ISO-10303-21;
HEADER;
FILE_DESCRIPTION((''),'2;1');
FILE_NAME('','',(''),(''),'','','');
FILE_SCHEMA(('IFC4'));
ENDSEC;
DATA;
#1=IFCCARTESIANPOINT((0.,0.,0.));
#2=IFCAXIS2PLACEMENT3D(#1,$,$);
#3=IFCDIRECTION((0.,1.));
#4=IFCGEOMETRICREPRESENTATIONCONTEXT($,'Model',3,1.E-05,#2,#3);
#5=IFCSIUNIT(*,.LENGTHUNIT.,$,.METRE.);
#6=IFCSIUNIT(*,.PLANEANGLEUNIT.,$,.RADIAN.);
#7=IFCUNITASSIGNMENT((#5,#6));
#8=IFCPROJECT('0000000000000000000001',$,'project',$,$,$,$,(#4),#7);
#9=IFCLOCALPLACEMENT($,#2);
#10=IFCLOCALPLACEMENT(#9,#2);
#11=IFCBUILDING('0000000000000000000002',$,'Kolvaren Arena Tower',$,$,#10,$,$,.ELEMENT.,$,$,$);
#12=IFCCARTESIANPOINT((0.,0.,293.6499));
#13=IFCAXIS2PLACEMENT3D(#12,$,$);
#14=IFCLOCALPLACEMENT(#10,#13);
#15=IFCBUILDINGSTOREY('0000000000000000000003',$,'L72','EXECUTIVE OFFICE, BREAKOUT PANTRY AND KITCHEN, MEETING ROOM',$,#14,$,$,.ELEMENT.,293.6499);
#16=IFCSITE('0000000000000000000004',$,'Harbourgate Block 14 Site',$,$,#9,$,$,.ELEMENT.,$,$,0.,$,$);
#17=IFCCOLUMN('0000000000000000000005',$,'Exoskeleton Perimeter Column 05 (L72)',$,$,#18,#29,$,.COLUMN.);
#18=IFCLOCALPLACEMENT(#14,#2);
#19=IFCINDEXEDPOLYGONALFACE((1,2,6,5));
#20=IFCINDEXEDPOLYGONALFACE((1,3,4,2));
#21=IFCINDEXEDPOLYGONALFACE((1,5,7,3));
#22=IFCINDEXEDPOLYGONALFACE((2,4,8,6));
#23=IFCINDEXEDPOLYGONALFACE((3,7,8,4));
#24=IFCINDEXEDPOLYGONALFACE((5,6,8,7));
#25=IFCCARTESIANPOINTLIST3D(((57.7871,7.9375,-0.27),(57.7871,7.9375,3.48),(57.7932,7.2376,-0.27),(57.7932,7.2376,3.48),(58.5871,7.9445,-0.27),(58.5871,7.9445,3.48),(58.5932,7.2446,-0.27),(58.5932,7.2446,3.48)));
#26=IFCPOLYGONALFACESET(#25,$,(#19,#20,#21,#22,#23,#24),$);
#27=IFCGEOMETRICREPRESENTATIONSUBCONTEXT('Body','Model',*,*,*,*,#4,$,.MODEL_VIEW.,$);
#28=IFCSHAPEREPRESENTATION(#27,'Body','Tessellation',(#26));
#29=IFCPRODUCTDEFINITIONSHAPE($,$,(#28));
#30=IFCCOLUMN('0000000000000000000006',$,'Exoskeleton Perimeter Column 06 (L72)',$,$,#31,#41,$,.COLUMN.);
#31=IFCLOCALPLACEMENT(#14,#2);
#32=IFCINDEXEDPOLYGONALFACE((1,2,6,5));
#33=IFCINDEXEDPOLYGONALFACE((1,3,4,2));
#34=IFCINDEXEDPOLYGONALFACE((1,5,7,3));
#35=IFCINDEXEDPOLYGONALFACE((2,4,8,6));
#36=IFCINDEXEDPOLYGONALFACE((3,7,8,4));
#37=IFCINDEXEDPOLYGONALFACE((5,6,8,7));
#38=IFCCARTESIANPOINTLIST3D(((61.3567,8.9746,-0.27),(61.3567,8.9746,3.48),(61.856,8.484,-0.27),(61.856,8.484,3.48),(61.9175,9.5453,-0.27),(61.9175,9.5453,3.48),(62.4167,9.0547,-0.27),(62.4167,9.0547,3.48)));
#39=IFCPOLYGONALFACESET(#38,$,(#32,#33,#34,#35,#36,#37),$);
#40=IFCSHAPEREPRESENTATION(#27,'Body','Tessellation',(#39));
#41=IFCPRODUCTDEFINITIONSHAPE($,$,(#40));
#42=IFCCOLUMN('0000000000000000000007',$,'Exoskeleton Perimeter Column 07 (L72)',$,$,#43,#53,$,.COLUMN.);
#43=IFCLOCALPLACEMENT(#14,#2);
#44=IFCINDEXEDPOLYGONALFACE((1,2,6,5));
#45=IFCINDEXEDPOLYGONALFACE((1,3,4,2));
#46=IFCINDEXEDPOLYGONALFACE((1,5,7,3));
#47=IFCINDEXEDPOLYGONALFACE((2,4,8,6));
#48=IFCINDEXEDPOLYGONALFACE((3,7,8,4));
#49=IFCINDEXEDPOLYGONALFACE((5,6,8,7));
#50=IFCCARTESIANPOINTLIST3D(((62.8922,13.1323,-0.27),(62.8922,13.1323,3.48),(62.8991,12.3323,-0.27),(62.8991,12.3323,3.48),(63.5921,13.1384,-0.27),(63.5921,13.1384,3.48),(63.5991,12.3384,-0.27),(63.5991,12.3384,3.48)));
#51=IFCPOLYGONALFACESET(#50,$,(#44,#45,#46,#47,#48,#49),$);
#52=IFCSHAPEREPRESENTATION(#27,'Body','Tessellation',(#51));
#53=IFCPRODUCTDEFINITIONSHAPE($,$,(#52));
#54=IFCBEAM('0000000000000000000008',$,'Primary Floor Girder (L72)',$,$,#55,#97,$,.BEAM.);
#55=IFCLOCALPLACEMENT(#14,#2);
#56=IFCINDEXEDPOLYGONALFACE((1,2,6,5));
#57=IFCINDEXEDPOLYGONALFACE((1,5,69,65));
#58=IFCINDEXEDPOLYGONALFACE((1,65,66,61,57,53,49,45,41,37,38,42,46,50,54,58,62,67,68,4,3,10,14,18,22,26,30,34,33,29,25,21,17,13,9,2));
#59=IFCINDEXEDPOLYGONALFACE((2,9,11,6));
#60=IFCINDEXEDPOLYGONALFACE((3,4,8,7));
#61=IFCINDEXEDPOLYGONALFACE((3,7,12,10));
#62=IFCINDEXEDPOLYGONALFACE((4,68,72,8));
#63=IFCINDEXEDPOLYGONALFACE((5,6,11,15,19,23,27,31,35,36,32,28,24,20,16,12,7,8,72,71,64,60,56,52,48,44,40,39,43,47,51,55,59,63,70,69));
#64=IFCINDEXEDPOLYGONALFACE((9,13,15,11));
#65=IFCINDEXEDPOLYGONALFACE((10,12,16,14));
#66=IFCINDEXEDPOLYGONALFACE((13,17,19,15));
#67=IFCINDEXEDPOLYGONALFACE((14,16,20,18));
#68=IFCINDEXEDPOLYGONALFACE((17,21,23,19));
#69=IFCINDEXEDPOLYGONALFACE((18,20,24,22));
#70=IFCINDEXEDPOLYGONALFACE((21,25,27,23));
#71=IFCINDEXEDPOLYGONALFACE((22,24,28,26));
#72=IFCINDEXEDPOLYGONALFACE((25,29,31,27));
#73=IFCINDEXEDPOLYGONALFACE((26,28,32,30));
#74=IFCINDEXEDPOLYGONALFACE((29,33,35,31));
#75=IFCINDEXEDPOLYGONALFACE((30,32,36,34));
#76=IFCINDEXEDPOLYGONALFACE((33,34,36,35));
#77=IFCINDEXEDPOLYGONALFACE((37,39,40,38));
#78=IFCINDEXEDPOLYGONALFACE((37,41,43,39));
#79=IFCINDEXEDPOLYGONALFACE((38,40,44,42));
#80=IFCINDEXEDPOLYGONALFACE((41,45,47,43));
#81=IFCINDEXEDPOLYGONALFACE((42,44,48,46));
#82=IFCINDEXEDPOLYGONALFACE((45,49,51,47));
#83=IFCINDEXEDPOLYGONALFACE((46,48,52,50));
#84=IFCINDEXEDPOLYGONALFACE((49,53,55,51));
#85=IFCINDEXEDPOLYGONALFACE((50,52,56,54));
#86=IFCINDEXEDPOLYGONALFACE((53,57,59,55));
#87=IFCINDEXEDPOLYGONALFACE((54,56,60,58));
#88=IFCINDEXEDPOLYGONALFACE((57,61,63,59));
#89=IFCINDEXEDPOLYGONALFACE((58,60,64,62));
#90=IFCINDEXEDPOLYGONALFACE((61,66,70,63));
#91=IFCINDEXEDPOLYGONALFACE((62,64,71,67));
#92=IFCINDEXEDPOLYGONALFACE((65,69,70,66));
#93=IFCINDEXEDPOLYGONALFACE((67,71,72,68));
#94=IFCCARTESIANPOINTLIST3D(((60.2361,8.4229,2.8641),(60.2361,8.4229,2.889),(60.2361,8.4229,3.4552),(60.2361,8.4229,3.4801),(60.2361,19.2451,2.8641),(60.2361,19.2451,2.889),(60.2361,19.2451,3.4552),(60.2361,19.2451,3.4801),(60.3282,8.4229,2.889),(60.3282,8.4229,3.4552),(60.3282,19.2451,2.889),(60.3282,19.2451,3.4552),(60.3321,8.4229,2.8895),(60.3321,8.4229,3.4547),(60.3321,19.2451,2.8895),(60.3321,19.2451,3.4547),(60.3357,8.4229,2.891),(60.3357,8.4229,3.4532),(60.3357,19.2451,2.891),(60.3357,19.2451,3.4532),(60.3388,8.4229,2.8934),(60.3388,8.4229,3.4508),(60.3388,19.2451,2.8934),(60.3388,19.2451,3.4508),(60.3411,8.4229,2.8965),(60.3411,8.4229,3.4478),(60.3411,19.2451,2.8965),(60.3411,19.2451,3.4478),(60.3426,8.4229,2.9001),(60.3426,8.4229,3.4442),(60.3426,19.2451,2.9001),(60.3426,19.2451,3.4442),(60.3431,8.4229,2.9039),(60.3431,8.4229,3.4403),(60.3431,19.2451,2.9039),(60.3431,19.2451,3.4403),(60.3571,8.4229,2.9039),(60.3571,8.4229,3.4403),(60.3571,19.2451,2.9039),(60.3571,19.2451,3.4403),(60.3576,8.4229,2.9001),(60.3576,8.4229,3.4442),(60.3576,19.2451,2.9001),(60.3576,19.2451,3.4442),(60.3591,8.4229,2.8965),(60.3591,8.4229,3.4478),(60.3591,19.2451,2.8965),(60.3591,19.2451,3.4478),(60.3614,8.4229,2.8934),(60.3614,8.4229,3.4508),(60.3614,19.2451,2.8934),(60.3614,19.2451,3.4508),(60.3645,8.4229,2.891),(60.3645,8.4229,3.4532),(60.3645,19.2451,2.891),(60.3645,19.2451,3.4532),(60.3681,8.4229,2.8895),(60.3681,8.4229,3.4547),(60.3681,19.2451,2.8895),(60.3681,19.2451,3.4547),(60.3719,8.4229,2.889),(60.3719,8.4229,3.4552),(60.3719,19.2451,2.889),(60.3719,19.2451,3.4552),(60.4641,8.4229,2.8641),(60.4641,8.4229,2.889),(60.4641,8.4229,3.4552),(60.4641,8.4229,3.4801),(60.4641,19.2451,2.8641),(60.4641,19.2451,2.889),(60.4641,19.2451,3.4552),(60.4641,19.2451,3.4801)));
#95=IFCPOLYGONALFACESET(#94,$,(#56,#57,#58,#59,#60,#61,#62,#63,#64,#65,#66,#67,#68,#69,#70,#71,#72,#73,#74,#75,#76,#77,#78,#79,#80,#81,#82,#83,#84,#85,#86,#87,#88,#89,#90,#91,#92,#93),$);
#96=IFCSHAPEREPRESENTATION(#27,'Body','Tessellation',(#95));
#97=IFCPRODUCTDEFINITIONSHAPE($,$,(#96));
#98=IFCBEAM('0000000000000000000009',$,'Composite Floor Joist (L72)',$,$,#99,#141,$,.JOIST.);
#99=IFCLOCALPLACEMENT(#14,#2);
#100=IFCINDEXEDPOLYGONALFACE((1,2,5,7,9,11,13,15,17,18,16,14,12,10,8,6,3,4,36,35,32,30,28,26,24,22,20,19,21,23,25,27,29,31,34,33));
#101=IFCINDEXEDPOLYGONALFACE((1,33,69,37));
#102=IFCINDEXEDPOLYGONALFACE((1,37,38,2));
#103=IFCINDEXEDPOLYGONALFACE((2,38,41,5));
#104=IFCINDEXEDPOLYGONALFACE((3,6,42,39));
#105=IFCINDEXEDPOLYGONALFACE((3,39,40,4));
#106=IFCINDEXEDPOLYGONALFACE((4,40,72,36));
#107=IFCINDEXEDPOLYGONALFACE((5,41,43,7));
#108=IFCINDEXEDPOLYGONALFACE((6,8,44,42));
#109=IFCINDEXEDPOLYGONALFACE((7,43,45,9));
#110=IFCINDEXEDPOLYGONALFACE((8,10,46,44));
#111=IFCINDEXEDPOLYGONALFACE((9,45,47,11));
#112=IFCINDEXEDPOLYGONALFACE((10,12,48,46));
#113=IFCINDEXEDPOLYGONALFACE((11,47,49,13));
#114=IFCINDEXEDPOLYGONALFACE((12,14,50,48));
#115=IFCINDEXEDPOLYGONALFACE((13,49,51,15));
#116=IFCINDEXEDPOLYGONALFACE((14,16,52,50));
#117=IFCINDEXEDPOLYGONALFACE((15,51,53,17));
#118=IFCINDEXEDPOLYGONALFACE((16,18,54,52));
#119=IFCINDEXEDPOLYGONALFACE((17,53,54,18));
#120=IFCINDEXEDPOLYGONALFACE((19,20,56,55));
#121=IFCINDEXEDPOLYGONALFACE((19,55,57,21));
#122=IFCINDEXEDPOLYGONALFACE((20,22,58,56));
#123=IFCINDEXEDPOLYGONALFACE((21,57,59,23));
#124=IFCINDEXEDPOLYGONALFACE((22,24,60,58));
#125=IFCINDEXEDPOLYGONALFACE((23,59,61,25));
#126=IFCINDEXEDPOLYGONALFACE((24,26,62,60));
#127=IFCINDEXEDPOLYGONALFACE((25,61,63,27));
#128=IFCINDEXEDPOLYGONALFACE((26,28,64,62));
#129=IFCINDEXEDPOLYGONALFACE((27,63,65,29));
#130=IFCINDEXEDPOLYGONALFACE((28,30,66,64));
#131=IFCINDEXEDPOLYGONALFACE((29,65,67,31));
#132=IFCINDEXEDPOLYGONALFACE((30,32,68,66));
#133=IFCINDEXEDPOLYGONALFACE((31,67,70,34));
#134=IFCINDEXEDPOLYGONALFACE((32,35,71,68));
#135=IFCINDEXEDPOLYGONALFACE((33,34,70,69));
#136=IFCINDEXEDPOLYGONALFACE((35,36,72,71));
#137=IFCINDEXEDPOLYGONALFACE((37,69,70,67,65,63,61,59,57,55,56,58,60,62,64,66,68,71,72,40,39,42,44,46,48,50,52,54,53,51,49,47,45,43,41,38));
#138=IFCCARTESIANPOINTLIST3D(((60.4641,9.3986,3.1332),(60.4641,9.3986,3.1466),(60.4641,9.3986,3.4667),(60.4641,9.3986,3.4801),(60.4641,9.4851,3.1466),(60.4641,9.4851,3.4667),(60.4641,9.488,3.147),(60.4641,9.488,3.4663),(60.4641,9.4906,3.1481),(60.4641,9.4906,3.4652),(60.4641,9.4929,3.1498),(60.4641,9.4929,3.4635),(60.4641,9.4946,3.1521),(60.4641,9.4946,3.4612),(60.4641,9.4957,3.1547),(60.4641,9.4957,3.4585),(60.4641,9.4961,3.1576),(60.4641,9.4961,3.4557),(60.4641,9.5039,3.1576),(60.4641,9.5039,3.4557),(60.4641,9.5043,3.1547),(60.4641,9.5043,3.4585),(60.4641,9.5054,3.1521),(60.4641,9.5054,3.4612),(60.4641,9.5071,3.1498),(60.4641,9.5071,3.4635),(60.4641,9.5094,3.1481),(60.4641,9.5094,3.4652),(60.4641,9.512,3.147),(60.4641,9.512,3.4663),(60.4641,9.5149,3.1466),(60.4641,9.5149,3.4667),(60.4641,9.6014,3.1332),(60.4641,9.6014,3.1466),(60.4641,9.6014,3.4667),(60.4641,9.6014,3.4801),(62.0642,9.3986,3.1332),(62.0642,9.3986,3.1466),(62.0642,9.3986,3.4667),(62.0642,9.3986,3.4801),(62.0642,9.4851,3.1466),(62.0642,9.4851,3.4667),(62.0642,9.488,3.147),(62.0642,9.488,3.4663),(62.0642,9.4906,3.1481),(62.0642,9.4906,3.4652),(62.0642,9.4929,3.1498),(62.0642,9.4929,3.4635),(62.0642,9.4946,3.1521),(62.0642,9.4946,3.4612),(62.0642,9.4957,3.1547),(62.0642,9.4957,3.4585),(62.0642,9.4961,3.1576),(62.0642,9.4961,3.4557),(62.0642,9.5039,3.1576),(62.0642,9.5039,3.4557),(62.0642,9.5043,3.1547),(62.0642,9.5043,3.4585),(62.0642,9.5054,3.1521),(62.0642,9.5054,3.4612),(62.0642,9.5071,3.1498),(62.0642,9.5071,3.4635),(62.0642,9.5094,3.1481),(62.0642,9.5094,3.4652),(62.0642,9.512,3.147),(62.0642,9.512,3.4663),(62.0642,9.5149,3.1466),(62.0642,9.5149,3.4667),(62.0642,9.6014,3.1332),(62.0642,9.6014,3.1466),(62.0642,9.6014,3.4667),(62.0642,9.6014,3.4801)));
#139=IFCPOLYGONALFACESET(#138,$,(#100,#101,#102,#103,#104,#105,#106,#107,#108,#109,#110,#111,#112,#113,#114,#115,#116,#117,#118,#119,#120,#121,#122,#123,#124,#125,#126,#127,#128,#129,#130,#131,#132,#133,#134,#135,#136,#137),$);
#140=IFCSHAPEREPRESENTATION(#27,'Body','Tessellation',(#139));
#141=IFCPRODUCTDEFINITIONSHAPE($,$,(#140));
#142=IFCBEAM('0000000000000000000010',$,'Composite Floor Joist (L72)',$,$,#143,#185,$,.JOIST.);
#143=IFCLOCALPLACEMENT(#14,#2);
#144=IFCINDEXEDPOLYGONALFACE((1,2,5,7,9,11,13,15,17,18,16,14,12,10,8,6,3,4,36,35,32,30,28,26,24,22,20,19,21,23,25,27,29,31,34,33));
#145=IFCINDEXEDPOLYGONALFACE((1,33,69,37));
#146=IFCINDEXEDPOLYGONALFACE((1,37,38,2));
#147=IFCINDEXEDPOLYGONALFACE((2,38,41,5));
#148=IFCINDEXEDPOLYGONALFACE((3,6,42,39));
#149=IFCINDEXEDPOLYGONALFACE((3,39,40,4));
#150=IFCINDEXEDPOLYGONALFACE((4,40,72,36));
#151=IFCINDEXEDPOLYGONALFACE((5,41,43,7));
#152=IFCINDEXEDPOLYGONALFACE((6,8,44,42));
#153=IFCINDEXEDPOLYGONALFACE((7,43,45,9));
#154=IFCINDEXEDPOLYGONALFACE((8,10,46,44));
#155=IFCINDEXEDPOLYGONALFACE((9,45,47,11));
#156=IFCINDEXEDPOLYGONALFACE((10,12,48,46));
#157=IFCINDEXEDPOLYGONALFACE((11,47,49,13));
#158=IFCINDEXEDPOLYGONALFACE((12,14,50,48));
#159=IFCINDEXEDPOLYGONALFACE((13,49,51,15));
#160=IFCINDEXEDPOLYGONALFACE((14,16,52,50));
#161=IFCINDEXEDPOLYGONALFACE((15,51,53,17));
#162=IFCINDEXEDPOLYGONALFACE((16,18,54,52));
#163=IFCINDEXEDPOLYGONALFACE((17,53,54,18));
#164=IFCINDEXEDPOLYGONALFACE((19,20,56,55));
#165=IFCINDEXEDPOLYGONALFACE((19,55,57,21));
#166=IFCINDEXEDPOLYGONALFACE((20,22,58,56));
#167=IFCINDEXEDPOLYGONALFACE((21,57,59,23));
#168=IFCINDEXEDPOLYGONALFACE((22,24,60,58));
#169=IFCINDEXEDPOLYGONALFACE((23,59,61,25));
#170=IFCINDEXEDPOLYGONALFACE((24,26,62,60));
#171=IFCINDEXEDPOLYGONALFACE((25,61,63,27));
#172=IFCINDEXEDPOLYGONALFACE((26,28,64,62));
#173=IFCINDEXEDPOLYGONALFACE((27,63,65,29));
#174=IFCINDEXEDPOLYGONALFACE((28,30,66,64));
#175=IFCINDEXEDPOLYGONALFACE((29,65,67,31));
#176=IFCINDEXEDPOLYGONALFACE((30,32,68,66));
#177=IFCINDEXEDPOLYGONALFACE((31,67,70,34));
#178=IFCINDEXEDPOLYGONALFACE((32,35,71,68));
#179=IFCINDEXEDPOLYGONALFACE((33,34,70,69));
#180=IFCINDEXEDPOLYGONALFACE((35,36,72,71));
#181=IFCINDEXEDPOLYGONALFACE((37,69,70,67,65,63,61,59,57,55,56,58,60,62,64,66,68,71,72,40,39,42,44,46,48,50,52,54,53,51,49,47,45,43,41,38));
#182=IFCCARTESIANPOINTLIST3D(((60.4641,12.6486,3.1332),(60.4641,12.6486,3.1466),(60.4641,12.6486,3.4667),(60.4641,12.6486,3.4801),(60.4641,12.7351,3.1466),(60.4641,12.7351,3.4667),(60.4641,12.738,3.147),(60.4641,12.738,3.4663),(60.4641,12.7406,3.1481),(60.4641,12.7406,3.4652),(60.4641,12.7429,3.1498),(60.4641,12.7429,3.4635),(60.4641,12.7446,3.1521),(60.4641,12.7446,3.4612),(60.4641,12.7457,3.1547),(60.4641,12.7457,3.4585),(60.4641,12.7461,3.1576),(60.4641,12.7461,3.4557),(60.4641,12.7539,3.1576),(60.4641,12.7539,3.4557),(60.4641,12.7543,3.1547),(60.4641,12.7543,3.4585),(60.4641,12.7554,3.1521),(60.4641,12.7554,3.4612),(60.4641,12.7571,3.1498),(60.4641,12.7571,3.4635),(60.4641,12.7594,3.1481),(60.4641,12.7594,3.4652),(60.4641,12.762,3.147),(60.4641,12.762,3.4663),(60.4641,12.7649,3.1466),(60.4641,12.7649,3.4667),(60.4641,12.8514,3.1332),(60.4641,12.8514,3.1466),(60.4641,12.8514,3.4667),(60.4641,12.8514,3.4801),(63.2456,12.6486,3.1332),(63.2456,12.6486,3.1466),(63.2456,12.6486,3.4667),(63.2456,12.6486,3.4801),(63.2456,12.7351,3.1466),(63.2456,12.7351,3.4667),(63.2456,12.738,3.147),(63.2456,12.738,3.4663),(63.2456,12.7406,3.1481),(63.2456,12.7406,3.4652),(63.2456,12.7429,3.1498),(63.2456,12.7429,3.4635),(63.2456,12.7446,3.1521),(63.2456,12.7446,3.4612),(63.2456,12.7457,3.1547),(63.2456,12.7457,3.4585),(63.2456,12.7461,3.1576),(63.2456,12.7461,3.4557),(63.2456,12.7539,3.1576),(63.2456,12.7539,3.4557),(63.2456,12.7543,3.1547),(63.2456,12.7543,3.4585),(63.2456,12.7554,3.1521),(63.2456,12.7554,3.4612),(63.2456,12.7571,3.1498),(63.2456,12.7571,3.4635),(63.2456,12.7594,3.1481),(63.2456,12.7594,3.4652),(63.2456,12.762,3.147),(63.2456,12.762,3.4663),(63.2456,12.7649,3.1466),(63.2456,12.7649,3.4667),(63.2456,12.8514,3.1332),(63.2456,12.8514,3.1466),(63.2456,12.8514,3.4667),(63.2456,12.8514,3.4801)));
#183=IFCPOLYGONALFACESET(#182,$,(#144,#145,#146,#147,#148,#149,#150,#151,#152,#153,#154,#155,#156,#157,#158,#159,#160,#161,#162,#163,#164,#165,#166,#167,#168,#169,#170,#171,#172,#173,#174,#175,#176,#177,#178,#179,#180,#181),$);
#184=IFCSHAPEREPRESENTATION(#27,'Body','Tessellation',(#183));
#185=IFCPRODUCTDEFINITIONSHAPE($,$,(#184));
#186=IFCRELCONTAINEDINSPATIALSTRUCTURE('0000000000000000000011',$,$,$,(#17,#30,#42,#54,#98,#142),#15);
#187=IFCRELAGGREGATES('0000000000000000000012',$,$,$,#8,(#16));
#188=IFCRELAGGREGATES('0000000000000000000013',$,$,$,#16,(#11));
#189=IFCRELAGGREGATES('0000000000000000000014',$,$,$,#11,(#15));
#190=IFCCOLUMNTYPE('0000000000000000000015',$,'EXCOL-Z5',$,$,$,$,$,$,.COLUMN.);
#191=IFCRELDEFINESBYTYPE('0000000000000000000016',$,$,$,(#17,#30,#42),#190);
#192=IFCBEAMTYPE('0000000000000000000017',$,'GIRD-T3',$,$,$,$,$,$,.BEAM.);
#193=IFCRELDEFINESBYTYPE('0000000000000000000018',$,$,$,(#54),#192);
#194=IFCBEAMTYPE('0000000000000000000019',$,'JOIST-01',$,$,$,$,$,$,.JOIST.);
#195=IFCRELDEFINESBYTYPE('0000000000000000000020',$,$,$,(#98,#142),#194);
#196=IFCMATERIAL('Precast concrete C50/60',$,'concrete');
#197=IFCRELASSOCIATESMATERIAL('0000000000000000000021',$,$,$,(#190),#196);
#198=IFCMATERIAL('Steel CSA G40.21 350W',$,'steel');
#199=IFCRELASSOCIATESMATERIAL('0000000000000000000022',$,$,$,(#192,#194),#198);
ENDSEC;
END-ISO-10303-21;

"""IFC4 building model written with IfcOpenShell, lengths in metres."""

from ifc_helpers import new_model, si_unit, direction, frame, origin, origin_2d, place, context, subcontext, project, spatial, rectangle, i_section, extrude, material, material_profile, profile_set, type_object, element, save


model = new_model("IFC4")

# Units and contexts
model_context = context("Model", 3, precision=1e-05, world=origin(), true_north=direction((0.0, 1.0)))
body_context = subcontext(model_context, "Body", "Model", "MODEL_VIEW")
ifc_project = project(units=[si_unit("LENGTHUNIT", "METRE"), si_unit("PLANEANGLEUNIT", "RADIAN")], contexts=[model_context])

# Site, building, storey
site_placement = place(None, origin())
site = spatial("IfcSite", under=ifc_project, at=site_placement, Name="Harbourgate Block 14 Site", CompositionType="ELEMENT", RefElevation=0.0)
building_placement = place(site_placement, origin())
building = spatial("IfcBuilding", under=site, at=building_placement, Name="Kolvaren Arena Tower", CompositionType="ELEMENT")
storey_placement = place(building_placement, frame((0.0, 0.0, 293.6499)))
storey = spatial("IfcBuildingStorey", under=building, at=storey_placement, Name="L72", Description="EXECUTIVE OFFICE, BREAKOUT PANTRY AND KITCHEN, MEETING ROOM", CompositionType="ELEMENT", Elevation=293.6499)

# Columns
ifc_material_1 = material(Name="Precast concrete C50/60", Category="concrete")
ifc_material_profile_1 = material_profile(ifc_material_1, rectangle(XDim=0.8, YDim=0.7, at=origin_2d()), Name="RC-800x700")
ifc_profile_set_1 = profile_set([ifc_material_profile_1], Name="Precast concrete C50/60")
column_type = type_object("IfcColumnType", Name="EXCOL-Z5", PredefinedType="COLUMN", material=ifc_profile_set_1)
for number, where, z_axis, x_axis, name in (
    (1, (58.1902, 7.5911, -0.27), (0.0, 0.0, 1.0), (0.999962, 0.008727, 0.0), "Exoskeleton Perimeter Column 05 (L72)"),
    (2, (61.8867, 9.0146, -0.27), (0.0, 0.0, 1.0), (0.700909, 0.71325, 0.0), "Exoskeleton Perimeter Column 06 (L72)"),
    (3, (63.2456, 12.7354, -0.27), (0.0, 0.0, 1.0), (-0.008727, 0.999962, 0.0), "Exoskeleton Perimeter Column 07 (L72)"),
):
    element("IfcColumn", number, at=place(storey_placement, frame(where, z_axis=z_axis, x_axis=x_axis)), inside=storey, type_object=column_type, Name=name, PredefinedType="COLUMN", context=body_context, shape_type="SweptSolid", body=[
        extrude(rectangle(XDim=0.8, YDim=0.7, at=origin_2d()), origin(), (0.0, 0.0, 1.0), 3.75),
    ])

# Beams
ifc_material_2 = material(Name="Steel CSA G40.21 350W", Category="steel")
ifc_material_profile_2 = material_profile(ifc_material_2, i_section(OverallWidth=0.228, OverallDepth=0.616, WebThickness=0.0139, FlangeThickness=0.0249, FilletRadius=0.0149, at=origin_2d()), Name="W610x174")
ifc_profile_set_2 = profile_set([ifc_material_profile_2], Name="Steel CSA G40.21 350W")
beam_type_1 = type_object("IfcBeamType", Name="GIRD-T3", PredefinedType="BEAM", material=ifc_profile_set_2)
beam_1_placement = place(storey_placement, frame((60.3501, 8.4229, 3.1721), z_axis=(0.0, 1.0, 0.0), x_axis=(-1.0, 0.0, 0.0)))
element("IfcBeam", 4, at=beam_1_placement, inside=storey, type_object=beam_type_1, Name="Primary Floor Girder (L72)", PredefinedType="BEAM", context=body_context, shape_type="SweptSolid", body=[
    extrude(i_section(OverallWidth=0.228, OverallDepth=0.616, WebThickness=0.0139, FlangeThickness=0.0249, FilletRadius=0.0149, at=origin_2d()), origin(), (0.0, 0.0, 1.0), 10.8223),
])
ifc_material_profile_3 = material_profile(ifc_material_2, i_section(OverallWidth=0.2029, OverallDepth=0.3469, WebThickness=0.0078, FlangeThickness=0.0134, FilletRadius=0.011, at=origin_2d()), Name="W360x64")
ifc_profile_set_3 = profile_set([ifc_material_profile_3], Name="Steel CSA G40.21 350W")
beam_type_2 = type_object("IfcBeamType", Name="JOIST-01", PredefinedType="JOIST", material=ifc_profile_set_3)
beam_2_placement = place(storey_placement, frame((60.4641, 9.5, 3.3066), z_axis=(1.0, 0.0, 0.0), x_axis=(0.0, 1.0, 0.0)))
element("IfcBeam", 5, at=beam_2_placement, inside=storey, type_object=beam_type_2, Name="Composite Floor Joist (L72)", PredefinedType="JOIST", context=body_context, shape_type="SweptSolid", body=[
    extrude(i_section(OverallWidth=0.2029, OverallDepth=0.3469, WebThickness=0.0078, FlangeThickness=0.0134, FilletRadius=0.011, at=origin_2d()), origin(), (0.0, 0.0, 1.0), 1.6001),
])
beam_3_placement = place(storey_placement, frame((60.4641, 12.75, 3.3066), z_axis=(1.0, 0.0, 0.0), x_axis=(0.0, 1.0, 0.0)))
element("IfcBeam", 6, at=beam_3_placement, inside=storey, type_object=beam_type_2, Name="Composite Floor Joist (L72)", PredefinedType="JOIST", context=body_context, shape_type="SweptSolid", body=[
    extrude(i_section(OverallWidth=0.2029, OverallDepth=0.3469, WebThickness=0.0078, FlangeThickness=0.0134, FilletRadius=0.011, at=origin_2d()), origin(), (0.0, 0.0, 1.0), 2.7815),
])

save(model, "model.ifc")
